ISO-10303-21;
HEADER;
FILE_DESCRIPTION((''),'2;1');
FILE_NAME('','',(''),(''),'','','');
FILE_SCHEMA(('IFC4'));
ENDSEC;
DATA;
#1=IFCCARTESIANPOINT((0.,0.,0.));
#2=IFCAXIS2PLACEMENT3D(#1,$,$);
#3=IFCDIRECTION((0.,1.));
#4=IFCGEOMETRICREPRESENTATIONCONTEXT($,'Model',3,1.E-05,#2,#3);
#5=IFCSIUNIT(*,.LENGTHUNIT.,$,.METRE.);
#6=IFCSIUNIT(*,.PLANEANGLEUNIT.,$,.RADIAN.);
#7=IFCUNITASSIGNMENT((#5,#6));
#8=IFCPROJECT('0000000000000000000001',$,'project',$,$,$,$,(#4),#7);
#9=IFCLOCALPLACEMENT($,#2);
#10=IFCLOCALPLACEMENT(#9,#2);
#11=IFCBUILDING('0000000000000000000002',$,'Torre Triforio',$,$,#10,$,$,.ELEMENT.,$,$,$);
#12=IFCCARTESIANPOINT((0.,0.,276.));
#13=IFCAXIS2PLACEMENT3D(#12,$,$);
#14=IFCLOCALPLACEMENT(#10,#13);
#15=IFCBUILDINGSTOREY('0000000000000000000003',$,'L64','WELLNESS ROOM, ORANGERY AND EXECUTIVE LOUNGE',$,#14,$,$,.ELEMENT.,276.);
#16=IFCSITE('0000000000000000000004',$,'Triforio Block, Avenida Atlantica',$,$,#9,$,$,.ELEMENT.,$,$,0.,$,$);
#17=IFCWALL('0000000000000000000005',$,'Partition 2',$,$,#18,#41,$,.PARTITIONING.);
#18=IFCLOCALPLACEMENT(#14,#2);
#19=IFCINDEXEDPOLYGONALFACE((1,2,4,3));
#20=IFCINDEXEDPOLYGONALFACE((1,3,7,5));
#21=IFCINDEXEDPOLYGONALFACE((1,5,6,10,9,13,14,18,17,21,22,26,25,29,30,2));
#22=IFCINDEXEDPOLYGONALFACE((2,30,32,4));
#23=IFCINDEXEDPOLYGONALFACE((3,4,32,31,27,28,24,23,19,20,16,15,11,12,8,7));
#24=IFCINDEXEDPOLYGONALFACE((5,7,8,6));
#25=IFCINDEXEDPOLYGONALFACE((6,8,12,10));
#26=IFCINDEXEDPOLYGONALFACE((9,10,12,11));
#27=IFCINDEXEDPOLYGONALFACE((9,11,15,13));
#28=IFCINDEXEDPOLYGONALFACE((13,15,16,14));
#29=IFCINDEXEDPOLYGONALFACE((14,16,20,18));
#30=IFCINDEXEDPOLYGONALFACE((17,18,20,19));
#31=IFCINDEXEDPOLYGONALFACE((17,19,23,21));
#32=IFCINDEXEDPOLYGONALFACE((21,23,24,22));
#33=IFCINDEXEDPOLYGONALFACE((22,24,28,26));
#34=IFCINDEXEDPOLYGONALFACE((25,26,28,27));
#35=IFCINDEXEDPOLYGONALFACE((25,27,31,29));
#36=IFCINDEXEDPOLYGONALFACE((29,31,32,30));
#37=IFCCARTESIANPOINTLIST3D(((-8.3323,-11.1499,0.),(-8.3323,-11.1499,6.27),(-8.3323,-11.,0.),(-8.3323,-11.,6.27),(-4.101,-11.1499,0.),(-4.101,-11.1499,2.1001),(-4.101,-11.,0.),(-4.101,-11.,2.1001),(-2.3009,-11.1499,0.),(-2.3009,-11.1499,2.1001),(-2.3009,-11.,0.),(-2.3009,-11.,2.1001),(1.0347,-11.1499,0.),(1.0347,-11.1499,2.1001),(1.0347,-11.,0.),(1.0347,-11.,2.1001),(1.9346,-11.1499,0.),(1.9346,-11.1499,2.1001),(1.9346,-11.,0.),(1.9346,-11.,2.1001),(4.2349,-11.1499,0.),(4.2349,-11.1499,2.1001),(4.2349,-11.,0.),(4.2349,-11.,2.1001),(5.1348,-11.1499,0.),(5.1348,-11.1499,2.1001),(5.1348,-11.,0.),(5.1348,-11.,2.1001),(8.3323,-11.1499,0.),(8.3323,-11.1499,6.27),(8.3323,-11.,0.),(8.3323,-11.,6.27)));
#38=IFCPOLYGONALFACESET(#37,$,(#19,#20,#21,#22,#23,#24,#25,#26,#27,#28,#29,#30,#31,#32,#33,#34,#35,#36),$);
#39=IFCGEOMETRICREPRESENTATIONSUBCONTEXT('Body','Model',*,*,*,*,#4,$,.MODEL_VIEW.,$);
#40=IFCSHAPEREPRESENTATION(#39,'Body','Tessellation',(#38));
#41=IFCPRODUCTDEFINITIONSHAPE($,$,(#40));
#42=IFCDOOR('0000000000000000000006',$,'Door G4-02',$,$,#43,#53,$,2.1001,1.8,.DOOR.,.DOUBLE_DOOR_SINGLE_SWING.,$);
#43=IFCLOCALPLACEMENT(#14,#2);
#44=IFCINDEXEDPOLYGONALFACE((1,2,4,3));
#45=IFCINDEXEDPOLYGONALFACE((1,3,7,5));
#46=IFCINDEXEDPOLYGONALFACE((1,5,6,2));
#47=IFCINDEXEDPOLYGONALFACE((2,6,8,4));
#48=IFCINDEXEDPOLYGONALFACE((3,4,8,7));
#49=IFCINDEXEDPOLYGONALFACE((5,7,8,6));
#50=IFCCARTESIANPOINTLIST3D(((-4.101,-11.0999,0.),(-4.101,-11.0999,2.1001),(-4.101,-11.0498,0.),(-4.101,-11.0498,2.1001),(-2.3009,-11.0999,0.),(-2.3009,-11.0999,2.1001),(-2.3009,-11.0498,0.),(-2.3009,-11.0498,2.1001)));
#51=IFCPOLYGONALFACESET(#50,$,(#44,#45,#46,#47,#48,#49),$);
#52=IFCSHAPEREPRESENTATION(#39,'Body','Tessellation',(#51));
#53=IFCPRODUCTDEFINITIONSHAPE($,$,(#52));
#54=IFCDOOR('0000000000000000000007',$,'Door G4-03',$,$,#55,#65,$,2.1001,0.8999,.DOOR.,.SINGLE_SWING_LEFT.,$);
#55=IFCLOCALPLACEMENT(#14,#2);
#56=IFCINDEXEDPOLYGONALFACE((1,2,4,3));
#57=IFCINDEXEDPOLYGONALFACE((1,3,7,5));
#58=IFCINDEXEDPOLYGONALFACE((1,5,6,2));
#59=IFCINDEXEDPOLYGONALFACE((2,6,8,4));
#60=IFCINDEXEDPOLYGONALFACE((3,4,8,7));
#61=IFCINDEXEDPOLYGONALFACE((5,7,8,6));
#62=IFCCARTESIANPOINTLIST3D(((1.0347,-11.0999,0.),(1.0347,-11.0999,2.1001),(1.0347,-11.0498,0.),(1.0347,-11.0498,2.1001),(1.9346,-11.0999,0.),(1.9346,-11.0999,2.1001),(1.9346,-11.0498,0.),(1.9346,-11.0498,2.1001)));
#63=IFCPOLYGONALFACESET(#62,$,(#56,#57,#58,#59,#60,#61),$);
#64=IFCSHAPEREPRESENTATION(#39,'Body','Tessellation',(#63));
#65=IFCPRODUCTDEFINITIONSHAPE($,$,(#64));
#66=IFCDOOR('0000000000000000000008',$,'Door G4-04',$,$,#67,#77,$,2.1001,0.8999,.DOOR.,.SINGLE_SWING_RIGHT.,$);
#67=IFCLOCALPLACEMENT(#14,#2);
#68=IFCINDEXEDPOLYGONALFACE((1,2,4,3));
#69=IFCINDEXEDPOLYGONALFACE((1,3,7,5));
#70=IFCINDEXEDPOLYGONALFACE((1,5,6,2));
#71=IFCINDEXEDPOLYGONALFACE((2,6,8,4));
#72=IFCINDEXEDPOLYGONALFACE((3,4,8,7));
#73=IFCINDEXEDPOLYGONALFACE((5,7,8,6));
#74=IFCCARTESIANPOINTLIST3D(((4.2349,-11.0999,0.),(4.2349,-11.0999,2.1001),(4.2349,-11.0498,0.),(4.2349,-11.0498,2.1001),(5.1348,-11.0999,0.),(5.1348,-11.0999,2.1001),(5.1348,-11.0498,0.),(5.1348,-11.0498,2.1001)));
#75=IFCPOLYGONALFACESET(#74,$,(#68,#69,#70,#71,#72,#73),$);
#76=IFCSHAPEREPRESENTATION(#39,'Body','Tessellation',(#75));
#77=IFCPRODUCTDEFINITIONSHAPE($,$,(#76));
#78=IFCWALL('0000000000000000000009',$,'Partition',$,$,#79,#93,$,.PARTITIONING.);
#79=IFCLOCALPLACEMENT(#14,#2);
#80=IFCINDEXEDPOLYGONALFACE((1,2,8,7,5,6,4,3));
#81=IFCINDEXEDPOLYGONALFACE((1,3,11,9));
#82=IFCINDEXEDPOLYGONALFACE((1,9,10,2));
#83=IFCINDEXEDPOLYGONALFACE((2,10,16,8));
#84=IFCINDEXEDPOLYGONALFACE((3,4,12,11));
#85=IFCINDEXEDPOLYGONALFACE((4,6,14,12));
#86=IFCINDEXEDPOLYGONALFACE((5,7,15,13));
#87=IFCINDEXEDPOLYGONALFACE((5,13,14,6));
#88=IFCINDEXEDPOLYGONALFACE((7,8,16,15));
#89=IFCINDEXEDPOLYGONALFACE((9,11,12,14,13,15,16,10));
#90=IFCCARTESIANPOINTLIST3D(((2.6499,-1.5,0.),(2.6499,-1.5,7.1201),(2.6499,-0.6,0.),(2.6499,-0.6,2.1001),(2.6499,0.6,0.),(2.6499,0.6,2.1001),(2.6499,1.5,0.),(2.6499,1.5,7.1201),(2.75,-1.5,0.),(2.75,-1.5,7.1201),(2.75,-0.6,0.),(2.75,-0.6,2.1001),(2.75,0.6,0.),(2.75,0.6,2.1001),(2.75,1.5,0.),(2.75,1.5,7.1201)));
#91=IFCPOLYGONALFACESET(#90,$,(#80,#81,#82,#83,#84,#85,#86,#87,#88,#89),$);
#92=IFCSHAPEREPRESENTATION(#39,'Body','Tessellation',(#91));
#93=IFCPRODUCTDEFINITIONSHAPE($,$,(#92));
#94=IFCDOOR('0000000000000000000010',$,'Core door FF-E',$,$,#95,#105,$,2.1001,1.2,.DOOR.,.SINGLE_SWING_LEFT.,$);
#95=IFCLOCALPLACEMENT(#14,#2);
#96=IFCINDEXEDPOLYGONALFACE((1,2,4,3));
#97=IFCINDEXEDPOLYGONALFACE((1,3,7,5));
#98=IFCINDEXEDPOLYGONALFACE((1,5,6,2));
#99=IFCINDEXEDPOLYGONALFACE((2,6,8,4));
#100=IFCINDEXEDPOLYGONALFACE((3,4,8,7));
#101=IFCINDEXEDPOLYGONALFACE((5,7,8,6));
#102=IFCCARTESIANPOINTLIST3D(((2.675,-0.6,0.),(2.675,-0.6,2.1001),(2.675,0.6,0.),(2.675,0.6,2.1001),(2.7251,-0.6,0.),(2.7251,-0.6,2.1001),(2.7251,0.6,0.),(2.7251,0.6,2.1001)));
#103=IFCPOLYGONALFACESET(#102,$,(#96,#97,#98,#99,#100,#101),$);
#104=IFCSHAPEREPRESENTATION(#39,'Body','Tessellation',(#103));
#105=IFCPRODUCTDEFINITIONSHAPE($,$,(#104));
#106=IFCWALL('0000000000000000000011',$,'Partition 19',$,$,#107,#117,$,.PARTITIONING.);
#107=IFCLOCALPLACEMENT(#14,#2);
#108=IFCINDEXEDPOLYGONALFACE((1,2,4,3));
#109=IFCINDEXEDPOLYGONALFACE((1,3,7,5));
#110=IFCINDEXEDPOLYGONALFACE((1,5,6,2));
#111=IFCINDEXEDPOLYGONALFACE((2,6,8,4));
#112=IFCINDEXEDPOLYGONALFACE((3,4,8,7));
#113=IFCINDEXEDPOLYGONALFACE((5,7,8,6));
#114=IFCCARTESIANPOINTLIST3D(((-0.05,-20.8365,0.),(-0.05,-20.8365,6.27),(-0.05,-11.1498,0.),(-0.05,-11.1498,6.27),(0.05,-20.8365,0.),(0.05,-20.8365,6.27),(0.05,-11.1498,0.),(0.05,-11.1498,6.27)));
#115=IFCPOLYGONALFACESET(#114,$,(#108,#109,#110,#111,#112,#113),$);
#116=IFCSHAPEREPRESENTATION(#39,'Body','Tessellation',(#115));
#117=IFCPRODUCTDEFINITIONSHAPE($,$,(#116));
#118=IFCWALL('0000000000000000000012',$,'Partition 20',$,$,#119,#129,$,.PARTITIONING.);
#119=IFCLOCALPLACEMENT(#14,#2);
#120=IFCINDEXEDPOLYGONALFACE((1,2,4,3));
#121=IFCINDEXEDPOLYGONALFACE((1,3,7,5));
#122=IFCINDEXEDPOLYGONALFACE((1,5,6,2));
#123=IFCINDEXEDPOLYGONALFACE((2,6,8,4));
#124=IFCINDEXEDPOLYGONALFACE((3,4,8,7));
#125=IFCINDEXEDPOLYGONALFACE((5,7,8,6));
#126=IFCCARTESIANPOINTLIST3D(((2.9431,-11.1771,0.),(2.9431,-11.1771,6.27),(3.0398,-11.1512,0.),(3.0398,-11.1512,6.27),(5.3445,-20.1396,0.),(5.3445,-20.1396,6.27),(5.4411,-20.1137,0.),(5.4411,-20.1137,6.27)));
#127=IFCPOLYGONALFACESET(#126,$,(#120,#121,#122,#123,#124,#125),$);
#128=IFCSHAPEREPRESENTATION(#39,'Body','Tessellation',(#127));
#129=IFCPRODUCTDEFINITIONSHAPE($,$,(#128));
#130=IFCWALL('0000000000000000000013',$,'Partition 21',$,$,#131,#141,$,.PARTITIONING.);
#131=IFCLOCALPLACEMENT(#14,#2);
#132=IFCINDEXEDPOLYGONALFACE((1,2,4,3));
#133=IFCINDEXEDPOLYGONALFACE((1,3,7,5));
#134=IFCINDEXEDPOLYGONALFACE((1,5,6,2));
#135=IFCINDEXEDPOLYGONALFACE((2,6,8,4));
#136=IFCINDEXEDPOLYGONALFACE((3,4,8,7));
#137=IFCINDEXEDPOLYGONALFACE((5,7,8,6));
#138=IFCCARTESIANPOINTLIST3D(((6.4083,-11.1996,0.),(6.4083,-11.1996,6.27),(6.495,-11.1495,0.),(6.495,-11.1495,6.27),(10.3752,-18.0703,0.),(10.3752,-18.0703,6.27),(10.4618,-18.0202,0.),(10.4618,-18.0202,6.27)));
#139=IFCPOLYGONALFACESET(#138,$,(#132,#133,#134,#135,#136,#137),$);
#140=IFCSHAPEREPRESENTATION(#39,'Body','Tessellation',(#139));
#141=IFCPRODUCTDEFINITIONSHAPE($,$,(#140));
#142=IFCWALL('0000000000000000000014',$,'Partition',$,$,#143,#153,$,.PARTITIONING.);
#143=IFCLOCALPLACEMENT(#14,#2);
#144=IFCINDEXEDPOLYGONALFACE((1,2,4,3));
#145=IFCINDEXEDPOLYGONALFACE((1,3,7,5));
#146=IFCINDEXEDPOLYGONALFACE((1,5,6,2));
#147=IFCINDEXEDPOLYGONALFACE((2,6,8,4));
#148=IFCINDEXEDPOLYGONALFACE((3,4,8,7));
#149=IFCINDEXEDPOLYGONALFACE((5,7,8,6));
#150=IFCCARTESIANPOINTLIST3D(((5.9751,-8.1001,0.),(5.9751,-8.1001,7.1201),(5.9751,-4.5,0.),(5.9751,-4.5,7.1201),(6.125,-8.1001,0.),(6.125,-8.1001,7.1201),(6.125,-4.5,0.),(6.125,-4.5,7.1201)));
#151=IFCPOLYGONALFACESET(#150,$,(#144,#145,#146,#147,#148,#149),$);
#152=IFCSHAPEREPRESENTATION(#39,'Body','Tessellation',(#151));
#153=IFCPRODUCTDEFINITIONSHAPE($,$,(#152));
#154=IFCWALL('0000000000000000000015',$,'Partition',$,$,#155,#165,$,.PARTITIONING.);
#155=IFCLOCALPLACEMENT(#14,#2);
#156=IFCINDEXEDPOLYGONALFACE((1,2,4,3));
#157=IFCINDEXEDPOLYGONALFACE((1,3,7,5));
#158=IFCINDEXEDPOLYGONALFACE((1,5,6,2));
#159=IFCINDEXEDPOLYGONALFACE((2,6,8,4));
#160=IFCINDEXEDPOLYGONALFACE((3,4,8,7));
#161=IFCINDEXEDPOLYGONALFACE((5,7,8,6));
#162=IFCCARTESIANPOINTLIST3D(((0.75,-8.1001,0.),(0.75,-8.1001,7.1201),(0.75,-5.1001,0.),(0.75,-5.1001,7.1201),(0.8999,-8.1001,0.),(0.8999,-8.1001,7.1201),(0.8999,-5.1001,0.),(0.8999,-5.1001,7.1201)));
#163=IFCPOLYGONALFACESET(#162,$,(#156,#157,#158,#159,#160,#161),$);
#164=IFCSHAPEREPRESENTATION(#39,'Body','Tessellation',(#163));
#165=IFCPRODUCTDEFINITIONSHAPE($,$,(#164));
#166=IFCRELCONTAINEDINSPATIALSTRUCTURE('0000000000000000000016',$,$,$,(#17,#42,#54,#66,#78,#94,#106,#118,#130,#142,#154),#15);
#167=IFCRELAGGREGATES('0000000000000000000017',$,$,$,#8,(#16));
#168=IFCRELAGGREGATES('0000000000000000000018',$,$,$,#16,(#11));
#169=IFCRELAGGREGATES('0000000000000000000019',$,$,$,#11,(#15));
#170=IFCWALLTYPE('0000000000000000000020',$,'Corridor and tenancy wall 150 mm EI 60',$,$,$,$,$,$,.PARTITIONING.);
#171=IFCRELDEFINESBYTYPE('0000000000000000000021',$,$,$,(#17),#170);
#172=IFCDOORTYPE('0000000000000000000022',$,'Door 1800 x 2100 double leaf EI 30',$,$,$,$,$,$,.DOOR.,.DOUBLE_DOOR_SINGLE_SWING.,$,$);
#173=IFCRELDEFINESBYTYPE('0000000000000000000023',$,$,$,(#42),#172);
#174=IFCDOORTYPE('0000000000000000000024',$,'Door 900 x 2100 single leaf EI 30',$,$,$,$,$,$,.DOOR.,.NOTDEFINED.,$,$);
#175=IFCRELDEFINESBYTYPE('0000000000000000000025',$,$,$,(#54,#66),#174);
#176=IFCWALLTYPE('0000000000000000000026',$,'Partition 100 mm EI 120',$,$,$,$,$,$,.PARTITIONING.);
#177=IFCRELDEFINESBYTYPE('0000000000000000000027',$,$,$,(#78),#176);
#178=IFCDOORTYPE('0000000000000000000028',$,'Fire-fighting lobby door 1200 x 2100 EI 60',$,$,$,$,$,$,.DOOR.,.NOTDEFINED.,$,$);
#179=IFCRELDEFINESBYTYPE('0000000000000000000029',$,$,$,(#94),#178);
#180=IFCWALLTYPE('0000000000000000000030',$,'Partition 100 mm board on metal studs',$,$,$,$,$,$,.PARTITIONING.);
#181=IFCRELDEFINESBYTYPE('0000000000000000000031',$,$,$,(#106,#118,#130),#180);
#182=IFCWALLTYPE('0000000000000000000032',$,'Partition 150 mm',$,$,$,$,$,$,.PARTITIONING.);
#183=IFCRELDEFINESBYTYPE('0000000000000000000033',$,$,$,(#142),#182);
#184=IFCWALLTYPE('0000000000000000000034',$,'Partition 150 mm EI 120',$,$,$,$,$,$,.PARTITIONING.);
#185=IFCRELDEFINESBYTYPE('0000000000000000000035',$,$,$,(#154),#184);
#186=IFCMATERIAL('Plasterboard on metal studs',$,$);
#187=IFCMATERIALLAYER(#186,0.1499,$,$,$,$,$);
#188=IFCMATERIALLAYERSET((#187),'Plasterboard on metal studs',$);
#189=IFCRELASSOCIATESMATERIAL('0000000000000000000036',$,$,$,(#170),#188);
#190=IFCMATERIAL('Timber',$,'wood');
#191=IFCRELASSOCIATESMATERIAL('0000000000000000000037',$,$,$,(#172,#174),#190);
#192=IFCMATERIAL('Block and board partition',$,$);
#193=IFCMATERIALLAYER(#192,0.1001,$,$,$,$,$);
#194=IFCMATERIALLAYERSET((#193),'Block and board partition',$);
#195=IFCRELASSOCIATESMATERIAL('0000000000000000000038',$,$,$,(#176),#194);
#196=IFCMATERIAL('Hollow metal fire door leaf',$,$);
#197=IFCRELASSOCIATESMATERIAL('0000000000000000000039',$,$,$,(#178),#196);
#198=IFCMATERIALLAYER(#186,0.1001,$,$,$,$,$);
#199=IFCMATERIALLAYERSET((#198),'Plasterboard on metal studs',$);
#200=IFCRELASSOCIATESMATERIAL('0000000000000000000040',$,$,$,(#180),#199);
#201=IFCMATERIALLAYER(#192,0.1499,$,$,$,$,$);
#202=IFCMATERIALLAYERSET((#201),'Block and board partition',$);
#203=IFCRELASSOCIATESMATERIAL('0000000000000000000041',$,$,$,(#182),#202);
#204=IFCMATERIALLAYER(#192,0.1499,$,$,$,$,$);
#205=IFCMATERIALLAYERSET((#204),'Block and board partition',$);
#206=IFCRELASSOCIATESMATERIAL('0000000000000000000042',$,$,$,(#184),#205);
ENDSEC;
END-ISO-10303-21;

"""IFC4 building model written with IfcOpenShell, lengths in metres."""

from ifc_helpers import new_model, si_unit, direction, frame, frame_2d, origin, place, context, subcontext, project, spatial, rectangle, extrude, material, layer, layer_set, type_object, element, fill, save


model = new_model("IFC4")

# Units and contexts
model_context = context("Model", 3, precision=1e-05, world=origin(), true_north=direction((0.0, 1.0)))
body_context = subcontext(model_context, "Body", "Model", "MODEL_VIEW")
ifc_project = project(units=[si_unit("LENGTHUNIT", "METRE"), si_unit("PLANEANGLEUNIT", "RADIAN")], contexts=[model_context])

# Site, building, storey
site_placement = place(None, origin())
site = spatial("IfcSite", under=ifc_project, at=site_placement, Name="Triforio Block, Avenida Atlantica", CompositionType="ELEMENT", RefElevation=0.0)
building_placement = place(site_placement, origin())
building = spatial("IfcBuilding", under=site, at=building_placement, Name="Torre Triforio", CompositionType="ELEMENT")
storey_placement = place(building_placement, frame((0.0, 0.0, 276.0)))
storey = spatial("IfcBuildingStorey", under=building, at=storey_placement, Name="L64", Description="WELLNESS ROOM, ORANGERY AND EXECUTIVE LOUNGE", CompositionType="ELEMENT", Elevation=276.0)

# Shared definitions
ifc_material_1 = material(Name="Hollow metal fire door leaf")

# Wall, openings, doors
ifc_material_2 = material(Name="Plasterboard on metal studs")
ifc_layer_1 = layer(ifc_material_2, 0.1499)
ifc_layer_set_1 = layer_set([ifc_layer_1], Name="Plasterboard on metal studs")
wall_type_1 = type_object("IfcWallType", Name="Corridor and tenancy wall 150 mm EI 60", PredefinedType="PARTITIONING", material=ifc_layer_set_1)
wall_1_placement = place(storey_placement, frame((8.3323, -11.075, 0.0), z_axis=(0.0, 0.0, 1.0), x_axis=(-1.0, 0.0, 0.0)))
wall_1 = element("IfcWall", 1, at=wall_1_placement, inside=storey, type_object=wall_type_1, Name="Partition 2", PredefinedType="PARTITIONING", context=body_context, shape_type="SweptSolid", body=[
    extrude(rectangle(XDim=16.6646, YDim=0.1499, at=frame_2d((8.3323, 0.0))), origin(), (0.0, 0.0, 1.0), 6.27),
])
opening_1_placement = place(wall_1_placement, frame((10.6333, 0.0, 0.0)))
opening_1 = element("IfcOpeningElement", 2, at=opening_1_placement, cuts=wall_1, PredefinedType="OPENING", context=body_context, shape_type="SweptSolid", body=[
    extrude(rectangle(XDim=1.8, YDim=2.1001, at=frame_2d((0.8999, 1.05))), frame((0.0, 0.085, 0.0), z_axis=(0.0, -1.0, 0.0), x_axis=(1.0, 0.0, 0.0)), (0.0, 0.0, 1.0), 0.1699),
])
opening_2_placement = place(wall_1_placement, frame((6.3977, 0.0, 0.0)))
opening_2 = element("IfcOpeningElement", 3, at=opening_2_placement, cuts=wall_1, PredefinedType="OPENING", context=body_context, shape_type="SweptSolid", body=[
    extrude(rectangle(XDim=0.8999, YDim=2.1001, at=frame_2d((0.45, 1.05))), frame((0.0, 0.085, 0.0), z_axis=(0.0, -1.0, 0.0), x_axis=(1.0, 0.0, 0.0)), (0.0, 0.0, 1.0), 0.1699),
])
opening_3_placement = place(wall_1_placement, frame((3.1975, 0.0, 0.0)))
opening_3 = element("IfcOpeningElement", 4, at=opening_3_placement, cuts=wall_1, PredefinedType="OPENING", context=body_context, shape_type="SweptSolid", body=[
    extrude(rectangle(XDim=0.8999, YDim=2.1001, at=frame_2d((0.45, 1.05))), frame((0.0, 0.085, 0.0), z_axis=(0.0, -1.0, 0.0), x_axis=(1.0, 0.0, 0.0)), (0.0, 0.0, 1.0), 0.1699),
])
ifc_material_3 = material(Name="Timber", Category="wood")
door_type_1 = type_object("IfcDoorType", Name="Door 1800 x 2100 double leaf EI 30", OperationType="DOUBLE_DOOR_SINGLE_SWING", PredefinedType="DOOR", material=ifc_material_3)
door_1_placement = place(opening_1_placement, origin())
door_1 = element("IfcDoor", 5, at=door_1_placement, inside=storey, type_object=door_type_1, Name="Door G4-02", OperationType="DOUBLE_DOOR_SINGLE_SWING", OverallHeight=2.1001, OverallWidth=1.8, PredefinedType="DOOR", context=body_context, shape_type="SweptSolid", body=[
    extrude(rectangle(XDim=1.8, YDim=2.1001, at=frame_2d((0.8999, 1.05))), frame((0.0, 0.0249, 0.0), z_axis=(0.0, -1.0, 0.0), x_axis=(1.0, 0.0, 0.0)), (0.0, 0.0, 1.0), 0.05),
])
fill(opening_1, door_1)
door_type_2 = type_object("IfcDoorType", Name="Door 900 x 2100 single leaf EI 30", OperationType="NOTDEFINED", PredefinedType="DOOR", material=ifc_material_3)
door_2_placement = place(opening_2_placement, origin())
door_2 = element("IfcDoor", 6, at=door_2_placement, inside=storey, type_object=door_type_2, Name="Door G4-03", OperationType="SINGLE_SWING_LEFT", OverallHeight=2.1001, OverallWidth=0.8999, PredefinedType="DOOR", context=body_context, shape_type="SweptSolid", body=[
    extrude(rectangle(XDim=0.8999, YDim=2.1001, at=frame_2d((0.45, 1.05))), frame((0.0, 0.0249, 0.0), z_axis=(0.0, -1.0, 0.0), x_axis=(1.0, 0.0, 0.0)), (0.0, 0.0, 1.0), 0.05),
])
fill(opening_2, door_2)
door_3_placement = place(opening_3_placement, origin())
door_3 = element("IfcDoor", 7, at=door_3_placement, inside=storey, type_object=door_type_2, Name="Door G4-04", OperationType="SINGLE_SWING_RIGHT", OverallHeight=2.1001, OverallWidth=0.8999, PredefinedType="DOOR", context=body_context, shape_type="SweptSolid", body=[
    extrude(rectangle(XDim=0.8999, YDim=2.1001, at=frame_2d((0.45, 1.05))), frame((0.0, 0.0249, 0.0), z_axis=(0.0, -1.0, 0.0), x_axis=(1.0, 0.0, 0.0)), (0.0, 0.0, 1.0), 0.05),
])
fill(opening_3, door_3)

# Wall, opening, door
ifc_material_4 = material(Name="Block and board partition")
ifc_layer_2 = layer(ifc_material_4, 0.1001)
ifc_layer_set_2 = layer_set([ifc_layer_2], Name="Block and board partition")
wall_type_2 = type_object("IfcWallType", Name="Partition 100 mm EI 120", PredefinedType="PARTITIONING", material=ifc_layer_set_2)
wall_2_placement = place(storey_placement, frame((2.7, -1.5, 0.0), z_axis=(0.0, 0.0, 1.0), x_axis=(0.0, 1.0, 0.0)))
wall_2 = element("IfcWall", 8, at=wall_2_placement, inside=storey, type_object=wall_type_2, Name="Partition", PredefinedType="PARTITIONING", context=body_context, shape_type="SweptSolid", body=[
    extrude(rectangle(XDim=3.0, YDim=0.1001, at=frame_2d((1.5, 0.0))), origin(), (0.0, 0.0, 1.0), 7.1201),
])
opening_4_placement = place(wall_2_placement, frame((0.8999, 0.0, 0.0)))
opening_4 = element("IfcOpeningElement", 9, at=opening_4_placement, cuts=wall_2, PredefinedType="OPENING", context=body_context, shape_type="SweptSolid", body=[
    extrude(rectangle(XDim=1.2, YDim=2.1001, at=frame_2d((0.6001, 1.05))), frame((0.0, 0.0601, 0.0), z_axis=(0.0, -1.0, 0.0), x_axis=(1.0, 0.0, 0.0)), (0.0, 0.0, 1.0), 0.1201),
])
door_type_3 = type_object("IfcDoorType", Name="Fire-fighting lobby door 1200 x 2100 EI 60", OperationType="NOTDEFINED", PredefinedType="DOOR", material=ifc_material_1)
door_4_placement = place(opening_4_placement, origin())
door_4 = element("IfcDoor", 10, at=door_4_placement, inside=storey, type_object=door_type_3, Name="Core door FF-E", OperationType="SINGLE_SWING_LEFT", OverallHeight=2.1001, OverallWidth=1.2, PredefinedType="DOOR", context=body_context, shape_type="SweptSolid", body=[
    extrude(rectangle(XDim=1.2, YDim=2.1001, at=frame_2d((0.6001, 1.05))), frame((0.0, 0.0249, 0.0), z_axis=(0.0, -1.0, 0.0), x_axis=(1.0, 0.0, 0.0)), (0.0, 0.0, 1.0), 0.05),
])
fill(opening_4, door_4)

# Walls
ifc_layer_3 = layer(ifc_material_2, 0.1001)
ifc_layer_set_3 = layer_set([ifc_layer_3], Name="Plasterboard on metal studs")
wall_type_3 = type_object("IfcWallType", Name="Partition 100 mm board on metal studs", PredefinedType="PARTITIONING", material=ifc_layer_set_3)
wall_3_placement = place(storey_placement, frame((0.0, -11.1499, 0.0), z_axis=(0.0, 0.0, 1.0), x_axis=(0.0, -1.0, 0.0)))
element("IfcWall", 11, at=wall_3_placement, inside=storey, type_object=wall_type_3, Name="Partition 19", PredefinedType="PARTITIONING", context=body_context, shape_type="SweptSolid", body=[
    extrude(rectangle(XDim=9.6868, YDim=0.1001, at=frame_2d((4.8433, 0.0))), origin(), (0.0, 0.0, 1.0), 6.27),
])
wall_4_placement = place(storey_placement, frame((2.9915, -11.1643, 0.0), z_axis=(0.0, 0.0, 1.0), x_axis=(0.258809, -0.965929, 0.0)))
element("IfcWall", 12, at=wall_4_placement, inside=storey, type_object=wall_type_3, Name="Partition 20", PredefinedType="PARTITIONING", context=body_context, shape_type="SweptSolid", body=[
    extrude(rectangle(XDim=9.2786, YDim=0.1001, at=frame_2d((4.6392, 0.0))), origin(), (0.0, 0.0, 1.0), 6.27),
])
wall_5_placement = place(storey_placement, frame((6.4517, -11.1746, 0.0), z_axis=(0.0, 0.0, 1.0), x_axis=(0.500005, -0.866023, 0.0)))
element("IfcWall", 13, at=wall_5_placement, inside=storey, type_object=wall_type_3, Name="Partition 21", PredefinedType="PARTITIONING", context=body_context, shape_type="SweptSolid", body=[
    extrude(rectangle(XDim=7.9336, YDim=0.1001, at=frame_2d((3.9668, 0.0))), origin(), (0.0, 0.0, 1.0), 6.27),
])
ifc_layer_4 = layer(ifc_material_4, 0.1499)
ifc_layer_set_4 = layer_set([ifc_layer_4], Name="Block and board partition")
wall_type_4 = type_object("IfcWallType", Name="Partition 150 mm", PredefinedType="PARTITIONING", material=ifc_layer_set_4)
wall_6_placement = place(storey_placement, frame((6.05, -8.1001, 0.0), z_axis=(0.0, 0.0, 1.0), x_axis=(0.0, 1.0, 0.0)))
element("IfcWall", 14, at=wall_6_placement, inside=storey, type_object=wall_type_4, Name="Partition", PredefinedType="PARTITIONING", context=body_context, shape_type="SweptSolid", body=[
    extrude(rectangle(XDim=3.6001, YDim=0.1499, at=frame_2d((1.8, 0.0))), origin(), (0.0, 0.0, 1.0), 7.1201),
])
ifc_layer_5 = layer(ifc_material_4, 0.1499)
ifc_layer_set_5 = layer_set([ifc_layer_5], Name="Block and board partition")
wall_type_5 = type_object("IfcWallType", Name="Partition 150 mm EI 120", PredefinedType="PARTITIONING", material=ifc_layer_set_5)
wall_7_placement = place(storey_placement, frame((0.825, -8.1001, 0.0), z_axis=(0.0, 0.0, 1.0), x_axis=(0.0, 1.0, 0.0)))
element("IfcWall", 15, at=wall_7_placement, inside=storey, type_object=wall_type_5, Name="Partition", PredefinedType="PARTITIONING", context=body_context, shape_type="SweptSolid", body=[
    extrude(rectangle(XDim=3.0, YDim=0.1499, at=frame_2d((1.5, 0.0))), origin(), (0.0, 0.0, 1.0), 7.1201),
])

save(model, "model.ifc")
